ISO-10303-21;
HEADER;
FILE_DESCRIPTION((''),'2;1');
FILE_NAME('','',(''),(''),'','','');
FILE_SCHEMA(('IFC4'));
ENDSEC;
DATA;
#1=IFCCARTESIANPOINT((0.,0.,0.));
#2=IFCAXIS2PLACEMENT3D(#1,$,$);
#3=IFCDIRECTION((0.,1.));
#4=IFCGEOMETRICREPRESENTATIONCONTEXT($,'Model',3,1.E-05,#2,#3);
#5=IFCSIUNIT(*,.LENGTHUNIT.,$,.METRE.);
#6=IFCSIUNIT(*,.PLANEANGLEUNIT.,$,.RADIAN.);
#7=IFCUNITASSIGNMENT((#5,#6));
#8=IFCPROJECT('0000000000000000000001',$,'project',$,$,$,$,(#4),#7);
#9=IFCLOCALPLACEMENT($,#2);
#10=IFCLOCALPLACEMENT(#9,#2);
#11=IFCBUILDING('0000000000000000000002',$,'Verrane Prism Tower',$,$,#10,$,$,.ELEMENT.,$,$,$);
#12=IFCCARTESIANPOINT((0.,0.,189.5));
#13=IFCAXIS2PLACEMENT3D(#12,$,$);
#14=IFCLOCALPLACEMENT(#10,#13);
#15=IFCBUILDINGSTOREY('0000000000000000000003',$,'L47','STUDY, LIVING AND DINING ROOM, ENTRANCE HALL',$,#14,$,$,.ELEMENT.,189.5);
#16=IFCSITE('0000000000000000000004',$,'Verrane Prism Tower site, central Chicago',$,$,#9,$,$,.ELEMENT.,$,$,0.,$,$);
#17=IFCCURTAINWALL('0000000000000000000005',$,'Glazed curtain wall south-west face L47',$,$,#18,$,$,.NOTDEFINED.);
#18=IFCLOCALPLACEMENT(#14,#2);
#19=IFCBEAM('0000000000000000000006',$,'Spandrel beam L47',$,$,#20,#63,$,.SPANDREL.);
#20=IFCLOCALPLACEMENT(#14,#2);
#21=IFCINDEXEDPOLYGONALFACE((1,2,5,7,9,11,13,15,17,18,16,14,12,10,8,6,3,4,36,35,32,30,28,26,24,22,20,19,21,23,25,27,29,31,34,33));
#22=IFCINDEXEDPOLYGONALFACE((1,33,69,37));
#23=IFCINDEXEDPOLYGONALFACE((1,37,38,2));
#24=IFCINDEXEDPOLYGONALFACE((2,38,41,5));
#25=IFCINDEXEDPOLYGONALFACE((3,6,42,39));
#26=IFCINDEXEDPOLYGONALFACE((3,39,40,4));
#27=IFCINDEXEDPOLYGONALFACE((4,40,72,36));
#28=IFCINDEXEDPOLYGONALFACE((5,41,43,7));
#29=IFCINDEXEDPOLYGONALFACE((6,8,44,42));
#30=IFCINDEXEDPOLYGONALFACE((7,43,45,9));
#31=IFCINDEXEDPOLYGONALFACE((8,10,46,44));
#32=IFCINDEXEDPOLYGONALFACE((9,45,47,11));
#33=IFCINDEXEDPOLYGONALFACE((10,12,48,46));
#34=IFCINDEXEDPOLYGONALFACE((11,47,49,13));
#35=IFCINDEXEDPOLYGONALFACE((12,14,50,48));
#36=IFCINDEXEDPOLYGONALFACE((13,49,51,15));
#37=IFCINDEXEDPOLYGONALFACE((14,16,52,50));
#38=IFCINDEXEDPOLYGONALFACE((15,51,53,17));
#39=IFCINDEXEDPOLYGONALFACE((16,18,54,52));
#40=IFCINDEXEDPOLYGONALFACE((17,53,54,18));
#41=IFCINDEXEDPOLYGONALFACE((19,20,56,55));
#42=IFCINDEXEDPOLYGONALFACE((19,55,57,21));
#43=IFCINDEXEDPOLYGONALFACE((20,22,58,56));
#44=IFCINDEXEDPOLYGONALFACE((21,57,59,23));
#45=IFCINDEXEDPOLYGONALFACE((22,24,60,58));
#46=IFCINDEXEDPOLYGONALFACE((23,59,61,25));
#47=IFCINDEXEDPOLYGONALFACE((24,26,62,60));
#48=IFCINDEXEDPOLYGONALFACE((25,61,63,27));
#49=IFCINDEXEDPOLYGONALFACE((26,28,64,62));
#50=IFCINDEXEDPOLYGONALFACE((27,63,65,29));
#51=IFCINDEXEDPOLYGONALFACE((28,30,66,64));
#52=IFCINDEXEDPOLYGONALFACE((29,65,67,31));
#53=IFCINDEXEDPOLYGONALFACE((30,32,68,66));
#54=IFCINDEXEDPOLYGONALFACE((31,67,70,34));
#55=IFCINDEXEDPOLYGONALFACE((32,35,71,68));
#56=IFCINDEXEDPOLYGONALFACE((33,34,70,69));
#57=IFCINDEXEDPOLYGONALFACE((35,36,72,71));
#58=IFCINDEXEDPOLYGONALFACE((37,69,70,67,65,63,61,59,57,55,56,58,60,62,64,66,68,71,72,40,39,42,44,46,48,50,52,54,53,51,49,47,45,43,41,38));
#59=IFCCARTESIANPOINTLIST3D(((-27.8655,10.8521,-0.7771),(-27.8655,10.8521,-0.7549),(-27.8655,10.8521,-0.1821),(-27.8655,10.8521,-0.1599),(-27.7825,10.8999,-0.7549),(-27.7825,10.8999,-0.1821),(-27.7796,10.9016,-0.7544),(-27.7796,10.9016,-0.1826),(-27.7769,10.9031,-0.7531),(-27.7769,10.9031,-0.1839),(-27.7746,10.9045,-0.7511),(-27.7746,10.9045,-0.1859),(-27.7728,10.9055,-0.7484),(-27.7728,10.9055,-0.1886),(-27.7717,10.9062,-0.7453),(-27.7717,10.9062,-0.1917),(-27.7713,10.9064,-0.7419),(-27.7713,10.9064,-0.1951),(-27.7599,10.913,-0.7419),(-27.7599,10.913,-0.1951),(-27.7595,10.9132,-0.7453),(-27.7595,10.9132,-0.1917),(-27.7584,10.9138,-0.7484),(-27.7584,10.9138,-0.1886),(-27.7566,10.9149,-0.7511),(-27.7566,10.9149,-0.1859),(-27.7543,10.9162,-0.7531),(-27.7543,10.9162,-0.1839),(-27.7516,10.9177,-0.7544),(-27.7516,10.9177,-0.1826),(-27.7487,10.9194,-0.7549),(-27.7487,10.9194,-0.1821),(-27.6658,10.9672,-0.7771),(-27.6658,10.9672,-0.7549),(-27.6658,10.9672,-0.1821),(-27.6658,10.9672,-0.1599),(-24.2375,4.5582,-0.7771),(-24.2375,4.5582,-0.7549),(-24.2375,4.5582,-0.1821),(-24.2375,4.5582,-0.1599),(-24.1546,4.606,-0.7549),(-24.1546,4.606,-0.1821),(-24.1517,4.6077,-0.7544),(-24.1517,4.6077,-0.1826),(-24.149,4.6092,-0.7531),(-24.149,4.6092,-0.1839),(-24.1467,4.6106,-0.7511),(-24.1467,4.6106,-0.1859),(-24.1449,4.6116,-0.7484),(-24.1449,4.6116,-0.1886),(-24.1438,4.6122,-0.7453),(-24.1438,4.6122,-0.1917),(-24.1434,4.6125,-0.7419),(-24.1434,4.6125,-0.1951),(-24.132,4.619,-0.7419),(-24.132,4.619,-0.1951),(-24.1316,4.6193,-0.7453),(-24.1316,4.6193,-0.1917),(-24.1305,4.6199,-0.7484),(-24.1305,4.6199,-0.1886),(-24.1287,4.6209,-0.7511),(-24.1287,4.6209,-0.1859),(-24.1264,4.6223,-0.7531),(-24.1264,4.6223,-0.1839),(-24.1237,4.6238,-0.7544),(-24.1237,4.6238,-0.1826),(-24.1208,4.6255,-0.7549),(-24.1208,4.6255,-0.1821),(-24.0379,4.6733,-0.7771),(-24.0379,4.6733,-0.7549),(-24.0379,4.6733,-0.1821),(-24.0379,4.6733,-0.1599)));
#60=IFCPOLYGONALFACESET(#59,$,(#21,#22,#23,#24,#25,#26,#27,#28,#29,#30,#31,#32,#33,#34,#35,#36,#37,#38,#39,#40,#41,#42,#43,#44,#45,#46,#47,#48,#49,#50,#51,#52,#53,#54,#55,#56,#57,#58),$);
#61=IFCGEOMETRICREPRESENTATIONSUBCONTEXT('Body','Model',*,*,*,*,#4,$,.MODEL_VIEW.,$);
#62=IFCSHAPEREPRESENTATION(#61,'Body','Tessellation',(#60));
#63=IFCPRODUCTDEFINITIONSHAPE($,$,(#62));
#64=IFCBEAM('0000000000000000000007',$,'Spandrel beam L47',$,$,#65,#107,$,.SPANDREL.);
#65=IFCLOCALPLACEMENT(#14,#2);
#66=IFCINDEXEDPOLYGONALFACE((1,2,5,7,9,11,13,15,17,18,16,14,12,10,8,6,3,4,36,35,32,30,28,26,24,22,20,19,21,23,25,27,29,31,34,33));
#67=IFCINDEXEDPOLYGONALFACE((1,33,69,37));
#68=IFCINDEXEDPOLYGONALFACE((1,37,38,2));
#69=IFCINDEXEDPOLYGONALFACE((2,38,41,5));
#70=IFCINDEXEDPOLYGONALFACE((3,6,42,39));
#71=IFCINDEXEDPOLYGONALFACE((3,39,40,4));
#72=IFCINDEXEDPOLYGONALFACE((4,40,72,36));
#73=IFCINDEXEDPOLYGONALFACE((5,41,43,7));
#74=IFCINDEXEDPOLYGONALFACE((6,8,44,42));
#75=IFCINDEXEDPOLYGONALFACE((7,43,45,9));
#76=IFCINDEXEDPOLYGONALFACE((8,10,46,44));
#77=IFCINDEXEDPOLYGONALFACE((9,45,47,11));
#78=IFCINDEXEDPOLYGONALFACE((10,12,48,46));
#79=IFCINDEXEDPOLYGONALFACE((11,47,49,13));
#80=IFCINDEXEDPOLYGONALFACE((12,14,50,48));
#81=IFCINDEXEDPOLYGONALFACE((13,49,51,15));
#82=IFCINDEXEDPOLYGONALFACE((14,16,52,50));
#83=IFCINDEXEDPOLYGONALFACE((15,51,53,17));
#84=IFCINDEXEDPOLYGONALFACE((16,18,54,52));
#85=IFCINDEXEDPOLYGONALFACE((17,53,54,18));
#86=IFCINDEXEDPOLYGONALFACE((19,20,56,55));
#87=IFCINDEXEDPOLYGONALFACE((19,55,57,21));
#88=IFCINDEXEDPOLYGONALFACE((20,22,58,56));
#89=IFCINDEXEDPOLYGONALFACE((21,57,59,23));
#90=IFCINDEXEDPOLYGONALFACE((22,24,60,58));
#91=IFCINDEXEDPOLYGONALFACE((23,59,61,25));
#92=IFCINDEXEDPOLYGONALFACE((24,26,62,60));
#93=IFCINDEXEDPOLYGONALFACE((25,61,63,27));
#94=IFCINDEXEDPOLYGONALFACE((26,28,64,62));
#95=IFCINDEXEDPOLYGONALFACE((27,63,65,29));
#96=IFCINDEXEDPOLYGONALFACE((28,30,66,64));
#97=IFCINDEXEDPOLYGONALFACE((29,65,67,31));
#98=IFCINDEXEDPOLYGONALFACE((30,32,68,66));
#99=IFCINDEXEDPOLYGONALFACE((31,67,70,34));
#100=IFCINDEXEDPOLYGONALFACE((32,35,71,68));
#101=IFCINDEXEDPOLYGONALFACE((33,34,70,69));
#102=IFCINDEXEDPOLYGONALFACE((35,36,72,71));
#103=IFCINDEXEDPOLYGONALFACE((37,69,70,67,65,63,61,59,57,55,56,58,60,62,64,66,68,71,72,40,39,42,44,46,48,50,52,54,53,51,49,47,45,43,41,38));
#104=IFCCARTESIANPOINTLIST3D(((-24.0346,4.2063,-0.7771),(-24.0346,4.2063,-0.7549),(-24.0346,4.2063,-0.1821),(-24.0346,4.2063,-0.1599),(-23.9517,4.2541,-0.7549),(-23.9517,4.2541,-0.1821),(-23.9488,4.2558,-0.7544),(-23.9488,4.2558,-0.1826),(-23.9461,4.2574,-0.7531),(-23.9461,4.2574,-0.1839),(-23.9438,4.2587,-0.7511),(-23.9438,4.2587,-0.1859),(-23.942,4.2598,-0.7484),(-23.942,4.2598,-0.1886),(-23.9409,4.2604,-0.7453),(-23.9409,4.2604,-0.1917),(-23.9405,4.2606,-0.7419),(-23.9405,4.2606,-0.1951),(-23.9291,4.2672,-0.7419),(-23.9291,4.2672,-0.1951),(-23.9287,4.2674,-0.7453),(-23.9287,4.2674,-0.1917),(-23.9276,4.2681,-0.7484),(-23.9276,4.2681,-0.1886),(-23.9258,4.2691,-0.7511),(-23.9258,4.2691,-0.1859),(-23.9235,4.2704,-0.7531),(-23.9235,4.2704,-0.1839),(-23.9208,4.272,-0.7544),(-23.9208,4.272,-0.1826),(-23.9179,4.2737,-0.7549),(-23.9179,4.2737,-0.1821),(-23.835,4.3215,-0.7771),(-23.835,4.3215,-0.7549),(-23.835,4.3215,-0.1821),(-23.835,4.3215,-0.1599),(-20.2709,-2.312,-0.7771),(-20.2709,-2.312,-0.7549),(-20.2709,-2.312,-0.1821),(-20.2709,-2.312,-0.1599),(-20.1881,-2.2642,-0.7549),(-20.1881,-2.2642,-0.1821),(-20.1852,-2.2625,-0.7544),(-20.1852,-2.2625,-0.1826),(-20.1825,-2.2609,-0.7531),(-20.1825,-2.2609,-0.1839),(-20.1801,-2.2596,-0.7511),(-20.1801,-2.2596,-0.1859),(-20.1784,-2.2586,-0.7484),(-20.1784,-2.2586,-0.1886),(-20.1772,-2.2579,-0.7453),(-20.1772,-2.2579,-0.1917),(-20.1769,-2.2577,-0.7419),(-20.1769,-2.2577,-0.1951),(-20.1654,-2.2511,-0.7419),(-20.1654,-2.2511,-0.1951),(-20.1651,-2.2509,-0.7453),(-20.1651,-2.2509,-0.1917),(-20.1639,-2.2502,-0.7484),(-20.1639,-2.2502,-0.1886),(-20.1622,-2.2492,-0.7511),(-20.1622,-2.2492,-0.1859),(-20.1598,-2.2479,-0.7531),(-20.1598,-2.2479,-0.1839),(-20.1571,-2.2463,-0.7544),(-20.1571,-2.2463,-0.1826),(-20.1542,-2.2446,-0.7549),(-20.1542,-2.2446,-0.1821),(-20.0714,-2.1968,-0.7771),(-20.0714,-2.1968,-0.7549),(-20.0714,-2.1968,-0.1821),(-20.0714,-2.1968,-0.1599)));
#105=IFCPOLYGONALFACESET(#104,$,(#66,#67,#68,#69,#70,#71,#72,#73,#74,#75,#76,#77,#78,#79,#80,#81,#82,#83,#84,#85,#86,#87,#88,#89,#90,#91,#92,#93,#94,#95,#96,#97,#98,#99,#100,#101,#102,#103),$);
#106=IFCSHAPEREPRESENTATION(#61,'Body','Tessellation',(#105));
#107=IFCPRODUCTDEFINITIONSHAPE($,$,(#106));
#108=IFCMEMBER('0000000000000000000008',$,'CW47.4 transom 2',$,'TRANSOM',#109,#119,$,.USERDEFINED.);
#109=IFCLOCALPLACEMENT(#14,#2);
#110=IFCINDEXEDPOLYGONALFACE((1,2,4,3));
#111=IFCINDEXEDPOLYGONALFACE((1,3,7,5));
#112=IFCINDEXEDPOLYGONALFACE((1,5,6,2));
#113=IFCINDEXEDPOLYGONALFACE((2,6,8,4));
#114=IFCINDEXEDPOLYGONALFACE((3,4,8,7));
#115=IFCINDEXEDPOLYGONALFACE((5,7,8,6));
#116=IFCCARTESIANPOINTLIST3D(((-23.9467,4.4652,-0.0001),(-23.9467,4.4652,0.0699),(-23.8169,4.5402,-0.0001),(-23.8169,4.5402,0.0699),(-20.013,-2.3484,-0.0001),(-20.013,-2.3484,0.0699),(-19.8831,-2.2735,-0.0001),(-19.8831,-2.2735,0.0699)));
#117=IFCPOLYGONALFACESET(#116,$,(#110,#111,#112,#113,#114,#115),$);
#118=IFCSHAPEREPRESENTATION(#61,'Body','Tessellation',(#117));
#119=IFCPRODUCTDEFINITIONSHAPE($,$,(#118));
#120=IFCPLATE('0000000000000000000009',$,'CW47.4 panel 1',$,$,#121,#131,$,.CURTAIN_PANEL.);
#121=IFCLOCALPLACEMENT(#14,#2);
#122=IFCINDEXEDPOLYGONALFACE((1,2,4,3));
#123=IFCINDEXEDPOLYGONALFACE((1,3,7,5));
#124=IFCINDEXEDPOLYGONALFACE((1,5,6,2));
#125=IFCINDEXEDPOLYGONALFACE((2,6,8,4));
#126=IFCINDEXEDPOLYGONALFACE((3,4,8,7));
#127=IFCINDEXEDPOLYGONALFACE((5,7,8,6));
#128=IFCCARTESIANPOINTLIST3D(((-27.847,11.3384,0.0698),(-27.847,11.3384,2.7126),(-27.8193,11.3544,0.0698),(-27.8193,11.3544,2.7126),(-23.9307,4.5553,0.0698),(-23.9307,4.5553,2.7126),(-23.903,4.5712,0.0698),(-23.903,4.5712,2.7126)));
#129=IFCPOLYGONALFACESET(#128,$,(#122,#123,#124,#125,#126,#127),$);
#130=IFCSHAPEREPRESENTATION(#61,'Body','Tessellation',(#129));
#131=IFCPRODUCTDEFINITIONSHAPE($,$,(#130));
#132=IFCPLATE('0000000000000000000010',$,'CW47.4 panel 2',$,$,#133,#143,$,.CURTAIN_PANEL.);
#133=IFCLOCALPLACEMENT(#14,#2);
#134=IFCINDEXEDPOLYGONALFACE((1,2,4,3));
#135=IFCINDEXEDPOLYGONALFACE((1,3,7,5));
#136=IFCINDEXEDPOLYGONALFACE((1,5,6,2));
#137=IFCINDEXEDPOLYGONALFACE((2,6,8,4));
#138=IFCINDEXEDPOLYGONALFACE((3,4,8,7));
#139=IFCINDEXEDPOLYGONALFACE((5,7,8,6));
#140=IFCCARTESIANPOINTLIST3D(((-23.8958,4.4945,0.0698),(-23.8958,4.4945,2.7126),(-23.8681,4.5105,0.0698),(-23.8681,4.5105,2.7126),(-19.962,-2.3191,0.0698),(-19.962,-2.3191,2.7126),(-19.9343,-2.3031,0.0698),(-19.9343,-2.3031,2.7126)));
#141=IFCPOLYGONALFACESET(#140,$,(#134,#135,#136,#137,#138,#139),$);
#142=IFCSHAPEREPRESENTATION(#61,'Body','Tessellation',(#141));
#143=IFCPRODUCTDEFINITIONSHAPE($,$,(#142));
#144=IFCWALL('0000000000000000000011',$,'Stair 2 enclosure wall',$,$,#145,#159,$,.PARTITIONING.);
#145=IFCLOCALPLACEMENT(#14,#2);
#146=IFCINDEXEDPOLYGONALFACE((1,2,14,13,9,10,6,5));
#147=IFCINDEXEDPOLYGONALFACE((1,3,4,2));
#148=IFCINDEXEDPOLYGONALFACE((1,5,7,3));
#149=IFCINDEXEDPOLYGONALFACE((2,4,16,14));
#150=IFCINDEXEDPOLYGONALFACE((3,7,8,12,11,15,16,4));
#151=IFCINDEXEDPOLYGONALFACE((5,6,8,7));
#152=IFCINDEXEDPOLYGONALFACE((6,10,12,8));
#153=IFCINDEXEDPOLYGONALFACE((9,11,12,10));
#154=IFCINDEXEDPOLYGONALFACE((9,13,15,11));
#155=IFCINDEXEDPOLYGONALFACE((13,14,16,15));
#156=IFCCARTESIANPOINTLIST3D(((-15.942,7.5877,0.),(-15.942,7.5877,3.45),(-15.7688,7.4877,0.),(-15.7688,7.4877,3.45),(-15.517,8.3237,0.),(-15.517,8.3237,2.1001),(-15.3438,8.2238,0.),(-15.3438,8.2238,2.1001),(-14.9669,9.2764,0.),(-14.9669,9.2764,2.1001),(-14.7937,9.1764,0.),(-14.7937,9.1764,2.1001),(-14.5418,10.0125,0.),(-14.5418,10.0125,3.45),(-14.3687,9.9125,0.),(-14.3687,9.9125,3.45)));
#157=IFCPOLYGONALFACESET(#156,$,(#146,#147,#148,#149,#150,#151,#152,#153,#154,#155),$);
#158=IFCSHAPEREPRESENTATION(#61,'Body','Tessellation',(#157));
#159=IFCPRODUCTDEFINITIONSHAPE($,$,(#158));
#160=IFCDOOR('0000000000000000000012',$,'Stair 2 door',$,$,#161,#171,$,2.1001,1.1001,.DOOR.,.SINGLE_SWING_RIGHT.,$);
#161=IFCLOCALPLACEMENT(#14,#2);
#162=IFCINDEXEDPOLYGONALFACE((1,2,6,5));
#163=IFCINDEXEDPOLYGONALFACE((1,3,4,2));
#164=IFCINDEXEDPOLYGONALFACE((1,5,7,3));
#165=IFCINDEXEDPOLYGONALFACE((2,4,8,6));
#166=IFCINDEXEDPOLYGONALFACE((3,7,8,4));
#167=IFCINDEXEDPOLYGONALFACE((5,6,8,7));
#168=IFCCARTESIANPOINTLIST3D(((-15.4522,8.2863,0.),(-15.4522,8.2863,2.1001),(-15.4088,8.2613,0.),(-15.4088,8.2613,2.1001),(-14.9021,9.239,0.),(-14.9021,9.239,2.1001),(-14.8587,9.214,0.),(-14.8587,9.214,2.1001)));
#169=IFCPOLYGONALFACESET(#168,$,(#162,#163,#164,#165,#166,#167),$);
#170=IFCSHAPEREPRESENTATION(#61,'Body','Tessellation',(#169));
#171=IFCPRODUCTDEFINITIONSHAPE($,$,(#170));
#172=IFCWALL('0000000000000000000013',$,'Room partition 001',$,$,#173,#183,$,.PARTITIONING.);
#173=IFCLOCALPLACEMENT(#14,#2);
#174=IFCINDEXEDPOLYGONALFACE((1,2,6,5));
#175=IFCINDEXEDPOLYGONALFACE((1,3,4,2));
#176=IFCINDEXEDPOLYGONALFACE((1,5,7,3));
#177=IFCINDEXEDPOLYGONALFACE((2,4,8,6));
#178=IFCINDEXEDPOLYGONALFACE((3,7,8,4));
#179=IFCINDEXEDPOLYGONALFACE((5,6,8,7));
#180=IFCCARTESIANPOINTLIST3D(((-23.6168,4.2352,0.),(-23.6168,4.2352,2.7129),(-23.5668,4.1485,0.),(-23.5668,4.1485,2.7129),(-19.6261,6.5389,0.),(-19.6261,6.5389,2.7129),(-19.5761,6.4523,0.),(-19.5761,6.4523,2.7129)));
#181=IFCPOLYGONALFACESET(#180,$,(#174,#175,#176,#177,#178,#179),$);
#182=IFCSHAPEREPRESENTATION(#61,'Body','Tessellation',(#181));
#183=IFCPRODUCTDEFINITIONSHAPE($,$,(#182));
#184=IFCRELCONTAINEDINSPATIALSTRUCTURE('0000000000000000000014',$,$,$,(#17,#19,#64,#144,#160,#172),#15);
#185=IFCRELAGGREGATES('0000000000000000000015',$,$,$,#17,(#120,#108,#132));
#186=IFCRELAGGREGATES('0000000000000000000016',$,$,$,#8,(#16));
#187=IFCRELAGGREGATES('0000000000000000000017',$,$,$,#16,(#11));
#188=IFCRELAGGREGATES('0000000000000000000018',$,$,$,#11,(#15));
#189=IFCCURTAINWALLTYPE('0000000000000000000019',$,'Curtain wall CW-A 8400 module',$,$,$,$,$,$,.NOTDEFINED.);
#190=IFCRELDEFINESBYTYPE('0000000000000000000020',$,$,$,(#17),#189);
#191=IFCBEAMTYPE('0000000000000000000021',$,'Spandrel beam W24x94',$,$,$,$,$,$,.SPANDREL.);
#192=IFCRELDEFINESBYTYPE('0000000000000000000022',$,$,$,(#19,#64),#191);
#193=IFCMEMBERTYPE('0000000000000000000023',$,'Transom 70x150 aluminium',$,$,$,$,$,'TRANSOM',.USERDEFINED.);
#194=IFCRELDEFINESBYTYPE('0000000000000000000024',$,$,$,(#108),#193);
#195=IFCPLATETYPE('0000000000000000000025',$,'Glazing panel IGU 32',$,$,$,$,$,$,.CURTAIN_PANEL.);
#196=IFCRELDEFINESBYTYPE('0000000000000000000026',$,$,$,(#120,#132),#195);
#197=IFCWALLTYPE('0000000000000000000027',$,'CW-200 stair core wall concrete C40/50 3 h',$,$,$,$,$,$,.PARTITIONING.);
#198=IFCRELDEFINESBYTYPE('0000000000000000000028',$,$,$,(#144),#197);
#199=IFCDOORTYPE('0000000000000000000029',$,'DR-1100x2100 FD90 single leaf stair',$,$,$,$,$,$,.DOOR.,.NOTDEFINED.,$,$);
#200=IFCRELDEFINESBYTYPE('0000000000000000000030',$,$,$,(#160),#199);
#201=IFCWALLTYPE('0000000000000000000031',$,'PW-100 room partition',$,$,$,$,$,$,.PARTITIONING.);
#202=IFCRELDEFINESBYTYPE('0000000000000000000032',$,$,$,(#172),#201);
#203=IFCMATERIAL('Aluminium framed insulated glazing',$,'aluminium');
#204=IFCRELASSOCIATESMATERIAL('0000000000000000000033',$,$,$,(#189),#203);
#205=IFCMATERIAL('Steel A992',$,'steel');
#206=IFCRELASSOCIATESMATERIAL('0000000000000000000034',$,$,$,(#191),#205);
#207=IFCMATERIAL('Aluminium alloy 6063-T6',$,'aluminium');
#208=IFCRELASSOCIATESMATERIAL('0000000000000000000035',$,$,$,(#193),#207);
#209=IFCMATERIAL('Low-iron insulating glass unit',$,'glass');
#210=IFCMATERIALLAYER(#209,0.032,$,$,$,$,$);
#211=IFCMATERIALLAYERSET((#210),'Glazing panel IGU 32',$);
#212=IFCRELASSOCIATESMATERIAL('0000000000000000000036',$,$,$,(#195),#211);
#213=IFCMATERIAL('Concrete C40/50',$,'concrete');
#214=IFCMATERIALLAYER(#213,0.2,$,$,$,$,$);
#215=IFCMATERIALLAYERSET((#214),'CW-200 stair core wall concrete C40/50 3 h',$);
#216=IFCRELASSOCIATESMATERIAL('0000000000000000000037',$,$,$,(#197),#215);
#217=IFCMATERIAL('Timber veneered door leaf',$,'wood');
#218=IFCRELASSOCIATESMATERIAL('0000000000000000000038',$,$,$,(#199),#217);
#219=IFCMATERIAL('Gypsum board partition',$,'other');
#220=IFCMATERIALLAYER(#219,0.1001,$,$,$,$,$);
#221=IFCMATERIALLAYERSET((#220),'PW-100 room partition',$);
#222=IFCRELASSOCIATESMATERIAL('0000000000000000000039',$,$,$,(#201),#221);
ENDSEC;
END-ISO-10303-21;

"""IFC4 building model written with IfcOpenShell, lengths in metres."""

from ifc_helpers import new_model, si_unit, direction, frame, frame_2d, origin, origin_2d, place, context, subcontext, project, spatial, rectangle, i_section, extrude, material, layer, layer_set, material_profile, profile_set, type_object, element, fill, aggregate, save


model = new_model("IFC4")

# Units and contexts
model_context = context("Model", 3, precision=1e-05, world=origin(), true_north=direction((0.0, 1.0)))
body_context = subcontext(model_context, "Body", "Model", "MODEL_VIEW")
ifc_project = project(units=[si_unit("LENGTHUNIT", "METRE"), si_unit("PLANEANGLEUNIT", "RADIAN")], contexts=[model_context])

# Site, building, storey
site_placement = place(None, origin())
site = spatial("IfcSite", under=ifc_project, at=site_placement, Name="Verrane Prism Tower site, central Chicago", CompositionType="ELEMENT", RefElevation=0.0)
building_placement = place(site_placement, origin())
building = spatial("IfcBuilding", under=site, at=building_placement, Name="Verrane Prism Tower", CompositionType="ELEMENT")
storey_placement = place(building_placement, frame((0.0, 0.0, 189.5)))
storey = spatial("IfcBuildingStorey", under=building, at=storey_placement, Name="L47", Description="STUDY, LIVING AND DINING ROOM, ENTRANCE HALL", CompositionType="ELEMENT", Elevation=189.5)

# Curtain wall
ifc_material_1 = material(Name="Aluminium framed insulated glazing", Category="aluminium")
curtain_wall_type = type_object("IfcCurtainWallType", Name="Curtain wall CW-A 8400 module", PredefinedType="NOTDEFINED", material=ifc_material_1)
curtain_wall_placement = place(storey_placement, origin())
curtain_wall = element("IfcCurtainWall", 1, at=curtain_wall_placement, inside=storey, type_object=curtain_wall_type, Name="Glazed curtain wall south-west face L47", PredefinedType="NOTDEFINED")

# Beams
ifc_material_2 = material(Name="Steel A992", Category="steel")
ifc_material_profile_1 = material_profile(ifc_material_2, i_section(OverallWidth=0.2305, OverallDepth=0.6172, WebThickness=0.0132, FlangeThickness=0.0222, FilletRadius=0.0129, at=origin_2d()), Name="W24x94")
ifc_profile_set_1 = profile_set([ifc_material_profile_1], Name="Steel A992")
beam_type_1 = type_object("IfcBeamType", Name="Spandrel beam W24x94", PredefinedType="SPANDREL", material=ifc_profile_set_1)
beam_1_placement = place(storey_placement, frame((-27.7656, 10.9097, -0.4685), z_axis=(0.499393, -0.866376, 0.0), x_axis=(0.866376, 0.499393, 0.0)))
element("IfcBeam", 2, at=beam_1_placement, inside=storey, type_object=beam_type_1, Name="Spandrel beam L47", PredefinedType="SPANDREL", context=body_context, shape_type="SweptSolid", body=[
    extrude(i_section(OverallWidth=0.2305, OverallDepth=0.6172, WebThickness=0.0132, FlangeThickness=0.0222, FilletRadius=0.0129, at=origin_2d()), origin(), (0.0, 0.0, 1.0), 7.2646),
])
beam_2_placement = place(storey_placement, frame((-23.9348, 4.2639, -0.4685), z_axis=(0.500032, -0.866007, 0.0), x_axis=(0.866007, 0.500032, 0.0)))
element("IfcBeam", 3, at=beam_2_placement, inside=storey, type_object=beam_type_1, Name="Spandrel beam L47", PredefinedType="SPANDREL", context=body_context, shape_type="SweptSolid", body=[
    extrude(i_section(OverallWidth=0.2305, OverallDepth=0.6172, WebThickness=0.0132, FlangeThickness=0.0222, FilletRadius=0.0129, at=origin_2d()), origin(), (0.0, 0.0, 1.0), 7.5269),
])

# Member
ifc_material_3 = material(Name="Aluminium alloy 6063-T6", Category="aluminium")
ifc_material_profile_2 = material_profile(ifc_material_3, rectangle(XDim=0.1499, YDim=0.0701, at=origin_2d()), Name="Transom 70x150 aluminium")
ifc_profile_set_2 = profile_set([ifc_material_profile_2], Name="Aluminium alloy 6063-T6")
member_type_1 = type_object("IfcMemberType", Name="Transom 70x150 aluminium", ElementType="TRANSOM", PredefinedType="USERDEFINED", material=ifc_profile_set_2)
member_1_placement = place(storey_placement, frame((-23.8818, 4.5027, 0.0349), z_axis=(0.499994, -0.866029, 0.0), x_axis=(0.866029, 0.499994, 0.0)))
member_1 = element("IfcMember", 4, at=member_1_placement, type_object=member_type_1, Name="CW47.4 transom 2", ObjectType="TRANSOM", PredefinedType="USERDEFINED", context=body_context, shape_type="SweptSolid", body=[
    extrude(rectangle(XDim=0.1499, YDim=0.0701, at=origin_2d()), origin(), (0.0, 0.0, 1.0), 7.8677),
])

# Plates
ifc_material_4 = material(Name="Low-iron insulating glass unit", Category="glass")
ifc_layer_1 = layer(ifc_material_4, 0.032)
ifc_layer_set_1 = layer_set([ifc_layer_1], Name="Glazing panel IGU 32")
plate_type = type_object("IfcPlateType", Name="Glazing panel IGU 32", PredefinedType="CURTAIN_PANEL", material=ifc_layer_set_1)
plate_1_placement = place(storey_placement, frame((-25.875, 7.9548, 0.0698), z_axis=(0.0, 0.0, 1.0), x_axis=(0.5, -0.866026, 0.0)))
plate_1 = element("IfcPlate", 5, at=plate_1_placement, type_object=plate_type, Name="CW47.4 panel 1", PredefinedType="CURTAIN_PANEL", context=body_context, shape_type="SweptSolid", body=[
    extrude(rectangle(XDim=7.8325, YDim=0.032, at=origin_2d()), origin(), (0.0, 0.0, 1.0), 2.6428),
])
plate_2_placement = place(storey_placement, frame((-21.915, 1.0957, 0.0698), z_axis=(0.0, 0.0, 1.0), x_axis=(0.5, -0.866026, 0.0)))
plate_2 = element("IfcPlate", 6, at=plate_2_placement, type_object=plate_type, Name="CW47.4 panel 2", PredefinedType="CURTAIN_PANEL", context=body_context, shape_type="SweptSolid", body=[
    extrude(rectangle(XDim=7.8677, YDim=0.032, at=origin_2d()), origin(), (0.0, 0.0, 1.0), 2.6428),
])
aggregate(curtain_wall, [plate_1, member_1, plate_2])

# Wall, opening, door
ifc_material_5 = material(Name="Concrete C40/50", Category="concrete")
ifc_layer_2 = layer(ifc_material_5, 0.2)
ifc_layer_set_2 = layer_set([ifc_layer_2], Name="CW-200 stair core wall concrete C40/50 3 h")
wall_type_1 = type_object("IfcWallType", Name="CW-200 stair core wall concrete C40/50 3 h", PredefinedType="PARTITIONING", material=ifc_layer_set_2)
wall_1_placement = place(storey_placement, frame((-14.4553, 9.9624, 0.0), z_axis=(0.0, 0.0, 1.0), x_axis=(-0.50005, -0.865997, 0.0)))
wall_1 = element("IfcWall", 7, at=wall_1_placement, inside=storey, type_object=wall_type_1, Name="Stair 2 enclosure wall", PredefinedType="PARTITIONING", context=body_context, shape_type="SweptSolid", body=[
    extrude(rectangle(XDim=2.8, YDim=0.2, at=frame_2d((1.3999, 0.0))), origin(), (0.0, 0.0, 1.0), 3.45),
])
opening_1_placement = place(wall_1_placement, frame((0.8499, 0.0, 0.0)))
opening_1 = element("IfcOpeningElement", 8, at=opening_1_placement, cuts=wall_1, PredefinedType="OPENING", context=body_context, shape_type="SweptSolid", body=[
    extrude(rectangle(XDim=1.1001, YDim=2.1001, at=frame_2d((0.55, 1.05))), frame((0.0, 0.1099, 0.0), z_axis=(0.0, -1.0, 0.0), x_axis=(1.0, 0.0, 0.0)), (0.0, 0.0, 1.0), 0.22),
])
ifc_material_6 = material(Name="Timber veneered door leaf", Category="wood")
door_type_1 = type_object("IfcDoorType", Name="DR-1100x2100 FD90 single leaf stair", OperationType="NOTDEFINED", PredefinedType="DOOR", material=ifc_material_6)
door_1_placement = place(opening_1_placement, origin())
door_1 = element("IfcDoor", 9, at=door_1_placement, inside=storey, type_object=door_type_1, Name="Stair 2 door", OperationType="SINGLE_SWING_RIGHT", OverallHeight=2.1001, OverallWidth=1.1001, PredefinedType="DOOR", context=body_context, shape_type="SweptSolid", body=[
    extrude(rectangle(XDim=1.1001, YDim=2.1001, at=frame_2d((0.55, 1.05))), frame((0.0, 0.0249, 0.0), z_axis=(0.0, -1.0, 0.0), x_axis=(1.0, 0.0, 0.0)), (0.0, 0.0, 1.0), 0.05),
])
fill(opening_1, door_1)

# Wall
ifc_material_7 = material(Name="Gypsum board partition", Category="other")
ifc_layer_3 = layer(ifc_material_7, 0.1001)
ifc_layer_set_3 = layer_set([ifc_layer_3], Name="PW-100 room partition")
wall_type_2 = type_object("IfcWallType", Name="PW-100 room partition", PredefinedType="PARTITIONING", material=ifc_layer_set_3)
wall_2_placement = place(storey_placement, frame((-23.5918, 4.1919, 0.0), z_axis=(0.0, 0.0, 1.0), x_axis=(0.866057, 0.499946, 0.0)))
element("IfcWall", 10, at=wall_2_placement, inside=storey, type_object=wall_type_2, Name="Room partition 001", PredefinedType="PARTITIONING", context=body_context, shape_type="SweptSolid", body=[
    extrude(rectangle(XDim=4.6079, YDim=0.1001, at=frame_2d((2.304, 0.0))), origin(), (0.0, 0.0, 1.0), 2.7129),
])

save(model, "model.ifc")
